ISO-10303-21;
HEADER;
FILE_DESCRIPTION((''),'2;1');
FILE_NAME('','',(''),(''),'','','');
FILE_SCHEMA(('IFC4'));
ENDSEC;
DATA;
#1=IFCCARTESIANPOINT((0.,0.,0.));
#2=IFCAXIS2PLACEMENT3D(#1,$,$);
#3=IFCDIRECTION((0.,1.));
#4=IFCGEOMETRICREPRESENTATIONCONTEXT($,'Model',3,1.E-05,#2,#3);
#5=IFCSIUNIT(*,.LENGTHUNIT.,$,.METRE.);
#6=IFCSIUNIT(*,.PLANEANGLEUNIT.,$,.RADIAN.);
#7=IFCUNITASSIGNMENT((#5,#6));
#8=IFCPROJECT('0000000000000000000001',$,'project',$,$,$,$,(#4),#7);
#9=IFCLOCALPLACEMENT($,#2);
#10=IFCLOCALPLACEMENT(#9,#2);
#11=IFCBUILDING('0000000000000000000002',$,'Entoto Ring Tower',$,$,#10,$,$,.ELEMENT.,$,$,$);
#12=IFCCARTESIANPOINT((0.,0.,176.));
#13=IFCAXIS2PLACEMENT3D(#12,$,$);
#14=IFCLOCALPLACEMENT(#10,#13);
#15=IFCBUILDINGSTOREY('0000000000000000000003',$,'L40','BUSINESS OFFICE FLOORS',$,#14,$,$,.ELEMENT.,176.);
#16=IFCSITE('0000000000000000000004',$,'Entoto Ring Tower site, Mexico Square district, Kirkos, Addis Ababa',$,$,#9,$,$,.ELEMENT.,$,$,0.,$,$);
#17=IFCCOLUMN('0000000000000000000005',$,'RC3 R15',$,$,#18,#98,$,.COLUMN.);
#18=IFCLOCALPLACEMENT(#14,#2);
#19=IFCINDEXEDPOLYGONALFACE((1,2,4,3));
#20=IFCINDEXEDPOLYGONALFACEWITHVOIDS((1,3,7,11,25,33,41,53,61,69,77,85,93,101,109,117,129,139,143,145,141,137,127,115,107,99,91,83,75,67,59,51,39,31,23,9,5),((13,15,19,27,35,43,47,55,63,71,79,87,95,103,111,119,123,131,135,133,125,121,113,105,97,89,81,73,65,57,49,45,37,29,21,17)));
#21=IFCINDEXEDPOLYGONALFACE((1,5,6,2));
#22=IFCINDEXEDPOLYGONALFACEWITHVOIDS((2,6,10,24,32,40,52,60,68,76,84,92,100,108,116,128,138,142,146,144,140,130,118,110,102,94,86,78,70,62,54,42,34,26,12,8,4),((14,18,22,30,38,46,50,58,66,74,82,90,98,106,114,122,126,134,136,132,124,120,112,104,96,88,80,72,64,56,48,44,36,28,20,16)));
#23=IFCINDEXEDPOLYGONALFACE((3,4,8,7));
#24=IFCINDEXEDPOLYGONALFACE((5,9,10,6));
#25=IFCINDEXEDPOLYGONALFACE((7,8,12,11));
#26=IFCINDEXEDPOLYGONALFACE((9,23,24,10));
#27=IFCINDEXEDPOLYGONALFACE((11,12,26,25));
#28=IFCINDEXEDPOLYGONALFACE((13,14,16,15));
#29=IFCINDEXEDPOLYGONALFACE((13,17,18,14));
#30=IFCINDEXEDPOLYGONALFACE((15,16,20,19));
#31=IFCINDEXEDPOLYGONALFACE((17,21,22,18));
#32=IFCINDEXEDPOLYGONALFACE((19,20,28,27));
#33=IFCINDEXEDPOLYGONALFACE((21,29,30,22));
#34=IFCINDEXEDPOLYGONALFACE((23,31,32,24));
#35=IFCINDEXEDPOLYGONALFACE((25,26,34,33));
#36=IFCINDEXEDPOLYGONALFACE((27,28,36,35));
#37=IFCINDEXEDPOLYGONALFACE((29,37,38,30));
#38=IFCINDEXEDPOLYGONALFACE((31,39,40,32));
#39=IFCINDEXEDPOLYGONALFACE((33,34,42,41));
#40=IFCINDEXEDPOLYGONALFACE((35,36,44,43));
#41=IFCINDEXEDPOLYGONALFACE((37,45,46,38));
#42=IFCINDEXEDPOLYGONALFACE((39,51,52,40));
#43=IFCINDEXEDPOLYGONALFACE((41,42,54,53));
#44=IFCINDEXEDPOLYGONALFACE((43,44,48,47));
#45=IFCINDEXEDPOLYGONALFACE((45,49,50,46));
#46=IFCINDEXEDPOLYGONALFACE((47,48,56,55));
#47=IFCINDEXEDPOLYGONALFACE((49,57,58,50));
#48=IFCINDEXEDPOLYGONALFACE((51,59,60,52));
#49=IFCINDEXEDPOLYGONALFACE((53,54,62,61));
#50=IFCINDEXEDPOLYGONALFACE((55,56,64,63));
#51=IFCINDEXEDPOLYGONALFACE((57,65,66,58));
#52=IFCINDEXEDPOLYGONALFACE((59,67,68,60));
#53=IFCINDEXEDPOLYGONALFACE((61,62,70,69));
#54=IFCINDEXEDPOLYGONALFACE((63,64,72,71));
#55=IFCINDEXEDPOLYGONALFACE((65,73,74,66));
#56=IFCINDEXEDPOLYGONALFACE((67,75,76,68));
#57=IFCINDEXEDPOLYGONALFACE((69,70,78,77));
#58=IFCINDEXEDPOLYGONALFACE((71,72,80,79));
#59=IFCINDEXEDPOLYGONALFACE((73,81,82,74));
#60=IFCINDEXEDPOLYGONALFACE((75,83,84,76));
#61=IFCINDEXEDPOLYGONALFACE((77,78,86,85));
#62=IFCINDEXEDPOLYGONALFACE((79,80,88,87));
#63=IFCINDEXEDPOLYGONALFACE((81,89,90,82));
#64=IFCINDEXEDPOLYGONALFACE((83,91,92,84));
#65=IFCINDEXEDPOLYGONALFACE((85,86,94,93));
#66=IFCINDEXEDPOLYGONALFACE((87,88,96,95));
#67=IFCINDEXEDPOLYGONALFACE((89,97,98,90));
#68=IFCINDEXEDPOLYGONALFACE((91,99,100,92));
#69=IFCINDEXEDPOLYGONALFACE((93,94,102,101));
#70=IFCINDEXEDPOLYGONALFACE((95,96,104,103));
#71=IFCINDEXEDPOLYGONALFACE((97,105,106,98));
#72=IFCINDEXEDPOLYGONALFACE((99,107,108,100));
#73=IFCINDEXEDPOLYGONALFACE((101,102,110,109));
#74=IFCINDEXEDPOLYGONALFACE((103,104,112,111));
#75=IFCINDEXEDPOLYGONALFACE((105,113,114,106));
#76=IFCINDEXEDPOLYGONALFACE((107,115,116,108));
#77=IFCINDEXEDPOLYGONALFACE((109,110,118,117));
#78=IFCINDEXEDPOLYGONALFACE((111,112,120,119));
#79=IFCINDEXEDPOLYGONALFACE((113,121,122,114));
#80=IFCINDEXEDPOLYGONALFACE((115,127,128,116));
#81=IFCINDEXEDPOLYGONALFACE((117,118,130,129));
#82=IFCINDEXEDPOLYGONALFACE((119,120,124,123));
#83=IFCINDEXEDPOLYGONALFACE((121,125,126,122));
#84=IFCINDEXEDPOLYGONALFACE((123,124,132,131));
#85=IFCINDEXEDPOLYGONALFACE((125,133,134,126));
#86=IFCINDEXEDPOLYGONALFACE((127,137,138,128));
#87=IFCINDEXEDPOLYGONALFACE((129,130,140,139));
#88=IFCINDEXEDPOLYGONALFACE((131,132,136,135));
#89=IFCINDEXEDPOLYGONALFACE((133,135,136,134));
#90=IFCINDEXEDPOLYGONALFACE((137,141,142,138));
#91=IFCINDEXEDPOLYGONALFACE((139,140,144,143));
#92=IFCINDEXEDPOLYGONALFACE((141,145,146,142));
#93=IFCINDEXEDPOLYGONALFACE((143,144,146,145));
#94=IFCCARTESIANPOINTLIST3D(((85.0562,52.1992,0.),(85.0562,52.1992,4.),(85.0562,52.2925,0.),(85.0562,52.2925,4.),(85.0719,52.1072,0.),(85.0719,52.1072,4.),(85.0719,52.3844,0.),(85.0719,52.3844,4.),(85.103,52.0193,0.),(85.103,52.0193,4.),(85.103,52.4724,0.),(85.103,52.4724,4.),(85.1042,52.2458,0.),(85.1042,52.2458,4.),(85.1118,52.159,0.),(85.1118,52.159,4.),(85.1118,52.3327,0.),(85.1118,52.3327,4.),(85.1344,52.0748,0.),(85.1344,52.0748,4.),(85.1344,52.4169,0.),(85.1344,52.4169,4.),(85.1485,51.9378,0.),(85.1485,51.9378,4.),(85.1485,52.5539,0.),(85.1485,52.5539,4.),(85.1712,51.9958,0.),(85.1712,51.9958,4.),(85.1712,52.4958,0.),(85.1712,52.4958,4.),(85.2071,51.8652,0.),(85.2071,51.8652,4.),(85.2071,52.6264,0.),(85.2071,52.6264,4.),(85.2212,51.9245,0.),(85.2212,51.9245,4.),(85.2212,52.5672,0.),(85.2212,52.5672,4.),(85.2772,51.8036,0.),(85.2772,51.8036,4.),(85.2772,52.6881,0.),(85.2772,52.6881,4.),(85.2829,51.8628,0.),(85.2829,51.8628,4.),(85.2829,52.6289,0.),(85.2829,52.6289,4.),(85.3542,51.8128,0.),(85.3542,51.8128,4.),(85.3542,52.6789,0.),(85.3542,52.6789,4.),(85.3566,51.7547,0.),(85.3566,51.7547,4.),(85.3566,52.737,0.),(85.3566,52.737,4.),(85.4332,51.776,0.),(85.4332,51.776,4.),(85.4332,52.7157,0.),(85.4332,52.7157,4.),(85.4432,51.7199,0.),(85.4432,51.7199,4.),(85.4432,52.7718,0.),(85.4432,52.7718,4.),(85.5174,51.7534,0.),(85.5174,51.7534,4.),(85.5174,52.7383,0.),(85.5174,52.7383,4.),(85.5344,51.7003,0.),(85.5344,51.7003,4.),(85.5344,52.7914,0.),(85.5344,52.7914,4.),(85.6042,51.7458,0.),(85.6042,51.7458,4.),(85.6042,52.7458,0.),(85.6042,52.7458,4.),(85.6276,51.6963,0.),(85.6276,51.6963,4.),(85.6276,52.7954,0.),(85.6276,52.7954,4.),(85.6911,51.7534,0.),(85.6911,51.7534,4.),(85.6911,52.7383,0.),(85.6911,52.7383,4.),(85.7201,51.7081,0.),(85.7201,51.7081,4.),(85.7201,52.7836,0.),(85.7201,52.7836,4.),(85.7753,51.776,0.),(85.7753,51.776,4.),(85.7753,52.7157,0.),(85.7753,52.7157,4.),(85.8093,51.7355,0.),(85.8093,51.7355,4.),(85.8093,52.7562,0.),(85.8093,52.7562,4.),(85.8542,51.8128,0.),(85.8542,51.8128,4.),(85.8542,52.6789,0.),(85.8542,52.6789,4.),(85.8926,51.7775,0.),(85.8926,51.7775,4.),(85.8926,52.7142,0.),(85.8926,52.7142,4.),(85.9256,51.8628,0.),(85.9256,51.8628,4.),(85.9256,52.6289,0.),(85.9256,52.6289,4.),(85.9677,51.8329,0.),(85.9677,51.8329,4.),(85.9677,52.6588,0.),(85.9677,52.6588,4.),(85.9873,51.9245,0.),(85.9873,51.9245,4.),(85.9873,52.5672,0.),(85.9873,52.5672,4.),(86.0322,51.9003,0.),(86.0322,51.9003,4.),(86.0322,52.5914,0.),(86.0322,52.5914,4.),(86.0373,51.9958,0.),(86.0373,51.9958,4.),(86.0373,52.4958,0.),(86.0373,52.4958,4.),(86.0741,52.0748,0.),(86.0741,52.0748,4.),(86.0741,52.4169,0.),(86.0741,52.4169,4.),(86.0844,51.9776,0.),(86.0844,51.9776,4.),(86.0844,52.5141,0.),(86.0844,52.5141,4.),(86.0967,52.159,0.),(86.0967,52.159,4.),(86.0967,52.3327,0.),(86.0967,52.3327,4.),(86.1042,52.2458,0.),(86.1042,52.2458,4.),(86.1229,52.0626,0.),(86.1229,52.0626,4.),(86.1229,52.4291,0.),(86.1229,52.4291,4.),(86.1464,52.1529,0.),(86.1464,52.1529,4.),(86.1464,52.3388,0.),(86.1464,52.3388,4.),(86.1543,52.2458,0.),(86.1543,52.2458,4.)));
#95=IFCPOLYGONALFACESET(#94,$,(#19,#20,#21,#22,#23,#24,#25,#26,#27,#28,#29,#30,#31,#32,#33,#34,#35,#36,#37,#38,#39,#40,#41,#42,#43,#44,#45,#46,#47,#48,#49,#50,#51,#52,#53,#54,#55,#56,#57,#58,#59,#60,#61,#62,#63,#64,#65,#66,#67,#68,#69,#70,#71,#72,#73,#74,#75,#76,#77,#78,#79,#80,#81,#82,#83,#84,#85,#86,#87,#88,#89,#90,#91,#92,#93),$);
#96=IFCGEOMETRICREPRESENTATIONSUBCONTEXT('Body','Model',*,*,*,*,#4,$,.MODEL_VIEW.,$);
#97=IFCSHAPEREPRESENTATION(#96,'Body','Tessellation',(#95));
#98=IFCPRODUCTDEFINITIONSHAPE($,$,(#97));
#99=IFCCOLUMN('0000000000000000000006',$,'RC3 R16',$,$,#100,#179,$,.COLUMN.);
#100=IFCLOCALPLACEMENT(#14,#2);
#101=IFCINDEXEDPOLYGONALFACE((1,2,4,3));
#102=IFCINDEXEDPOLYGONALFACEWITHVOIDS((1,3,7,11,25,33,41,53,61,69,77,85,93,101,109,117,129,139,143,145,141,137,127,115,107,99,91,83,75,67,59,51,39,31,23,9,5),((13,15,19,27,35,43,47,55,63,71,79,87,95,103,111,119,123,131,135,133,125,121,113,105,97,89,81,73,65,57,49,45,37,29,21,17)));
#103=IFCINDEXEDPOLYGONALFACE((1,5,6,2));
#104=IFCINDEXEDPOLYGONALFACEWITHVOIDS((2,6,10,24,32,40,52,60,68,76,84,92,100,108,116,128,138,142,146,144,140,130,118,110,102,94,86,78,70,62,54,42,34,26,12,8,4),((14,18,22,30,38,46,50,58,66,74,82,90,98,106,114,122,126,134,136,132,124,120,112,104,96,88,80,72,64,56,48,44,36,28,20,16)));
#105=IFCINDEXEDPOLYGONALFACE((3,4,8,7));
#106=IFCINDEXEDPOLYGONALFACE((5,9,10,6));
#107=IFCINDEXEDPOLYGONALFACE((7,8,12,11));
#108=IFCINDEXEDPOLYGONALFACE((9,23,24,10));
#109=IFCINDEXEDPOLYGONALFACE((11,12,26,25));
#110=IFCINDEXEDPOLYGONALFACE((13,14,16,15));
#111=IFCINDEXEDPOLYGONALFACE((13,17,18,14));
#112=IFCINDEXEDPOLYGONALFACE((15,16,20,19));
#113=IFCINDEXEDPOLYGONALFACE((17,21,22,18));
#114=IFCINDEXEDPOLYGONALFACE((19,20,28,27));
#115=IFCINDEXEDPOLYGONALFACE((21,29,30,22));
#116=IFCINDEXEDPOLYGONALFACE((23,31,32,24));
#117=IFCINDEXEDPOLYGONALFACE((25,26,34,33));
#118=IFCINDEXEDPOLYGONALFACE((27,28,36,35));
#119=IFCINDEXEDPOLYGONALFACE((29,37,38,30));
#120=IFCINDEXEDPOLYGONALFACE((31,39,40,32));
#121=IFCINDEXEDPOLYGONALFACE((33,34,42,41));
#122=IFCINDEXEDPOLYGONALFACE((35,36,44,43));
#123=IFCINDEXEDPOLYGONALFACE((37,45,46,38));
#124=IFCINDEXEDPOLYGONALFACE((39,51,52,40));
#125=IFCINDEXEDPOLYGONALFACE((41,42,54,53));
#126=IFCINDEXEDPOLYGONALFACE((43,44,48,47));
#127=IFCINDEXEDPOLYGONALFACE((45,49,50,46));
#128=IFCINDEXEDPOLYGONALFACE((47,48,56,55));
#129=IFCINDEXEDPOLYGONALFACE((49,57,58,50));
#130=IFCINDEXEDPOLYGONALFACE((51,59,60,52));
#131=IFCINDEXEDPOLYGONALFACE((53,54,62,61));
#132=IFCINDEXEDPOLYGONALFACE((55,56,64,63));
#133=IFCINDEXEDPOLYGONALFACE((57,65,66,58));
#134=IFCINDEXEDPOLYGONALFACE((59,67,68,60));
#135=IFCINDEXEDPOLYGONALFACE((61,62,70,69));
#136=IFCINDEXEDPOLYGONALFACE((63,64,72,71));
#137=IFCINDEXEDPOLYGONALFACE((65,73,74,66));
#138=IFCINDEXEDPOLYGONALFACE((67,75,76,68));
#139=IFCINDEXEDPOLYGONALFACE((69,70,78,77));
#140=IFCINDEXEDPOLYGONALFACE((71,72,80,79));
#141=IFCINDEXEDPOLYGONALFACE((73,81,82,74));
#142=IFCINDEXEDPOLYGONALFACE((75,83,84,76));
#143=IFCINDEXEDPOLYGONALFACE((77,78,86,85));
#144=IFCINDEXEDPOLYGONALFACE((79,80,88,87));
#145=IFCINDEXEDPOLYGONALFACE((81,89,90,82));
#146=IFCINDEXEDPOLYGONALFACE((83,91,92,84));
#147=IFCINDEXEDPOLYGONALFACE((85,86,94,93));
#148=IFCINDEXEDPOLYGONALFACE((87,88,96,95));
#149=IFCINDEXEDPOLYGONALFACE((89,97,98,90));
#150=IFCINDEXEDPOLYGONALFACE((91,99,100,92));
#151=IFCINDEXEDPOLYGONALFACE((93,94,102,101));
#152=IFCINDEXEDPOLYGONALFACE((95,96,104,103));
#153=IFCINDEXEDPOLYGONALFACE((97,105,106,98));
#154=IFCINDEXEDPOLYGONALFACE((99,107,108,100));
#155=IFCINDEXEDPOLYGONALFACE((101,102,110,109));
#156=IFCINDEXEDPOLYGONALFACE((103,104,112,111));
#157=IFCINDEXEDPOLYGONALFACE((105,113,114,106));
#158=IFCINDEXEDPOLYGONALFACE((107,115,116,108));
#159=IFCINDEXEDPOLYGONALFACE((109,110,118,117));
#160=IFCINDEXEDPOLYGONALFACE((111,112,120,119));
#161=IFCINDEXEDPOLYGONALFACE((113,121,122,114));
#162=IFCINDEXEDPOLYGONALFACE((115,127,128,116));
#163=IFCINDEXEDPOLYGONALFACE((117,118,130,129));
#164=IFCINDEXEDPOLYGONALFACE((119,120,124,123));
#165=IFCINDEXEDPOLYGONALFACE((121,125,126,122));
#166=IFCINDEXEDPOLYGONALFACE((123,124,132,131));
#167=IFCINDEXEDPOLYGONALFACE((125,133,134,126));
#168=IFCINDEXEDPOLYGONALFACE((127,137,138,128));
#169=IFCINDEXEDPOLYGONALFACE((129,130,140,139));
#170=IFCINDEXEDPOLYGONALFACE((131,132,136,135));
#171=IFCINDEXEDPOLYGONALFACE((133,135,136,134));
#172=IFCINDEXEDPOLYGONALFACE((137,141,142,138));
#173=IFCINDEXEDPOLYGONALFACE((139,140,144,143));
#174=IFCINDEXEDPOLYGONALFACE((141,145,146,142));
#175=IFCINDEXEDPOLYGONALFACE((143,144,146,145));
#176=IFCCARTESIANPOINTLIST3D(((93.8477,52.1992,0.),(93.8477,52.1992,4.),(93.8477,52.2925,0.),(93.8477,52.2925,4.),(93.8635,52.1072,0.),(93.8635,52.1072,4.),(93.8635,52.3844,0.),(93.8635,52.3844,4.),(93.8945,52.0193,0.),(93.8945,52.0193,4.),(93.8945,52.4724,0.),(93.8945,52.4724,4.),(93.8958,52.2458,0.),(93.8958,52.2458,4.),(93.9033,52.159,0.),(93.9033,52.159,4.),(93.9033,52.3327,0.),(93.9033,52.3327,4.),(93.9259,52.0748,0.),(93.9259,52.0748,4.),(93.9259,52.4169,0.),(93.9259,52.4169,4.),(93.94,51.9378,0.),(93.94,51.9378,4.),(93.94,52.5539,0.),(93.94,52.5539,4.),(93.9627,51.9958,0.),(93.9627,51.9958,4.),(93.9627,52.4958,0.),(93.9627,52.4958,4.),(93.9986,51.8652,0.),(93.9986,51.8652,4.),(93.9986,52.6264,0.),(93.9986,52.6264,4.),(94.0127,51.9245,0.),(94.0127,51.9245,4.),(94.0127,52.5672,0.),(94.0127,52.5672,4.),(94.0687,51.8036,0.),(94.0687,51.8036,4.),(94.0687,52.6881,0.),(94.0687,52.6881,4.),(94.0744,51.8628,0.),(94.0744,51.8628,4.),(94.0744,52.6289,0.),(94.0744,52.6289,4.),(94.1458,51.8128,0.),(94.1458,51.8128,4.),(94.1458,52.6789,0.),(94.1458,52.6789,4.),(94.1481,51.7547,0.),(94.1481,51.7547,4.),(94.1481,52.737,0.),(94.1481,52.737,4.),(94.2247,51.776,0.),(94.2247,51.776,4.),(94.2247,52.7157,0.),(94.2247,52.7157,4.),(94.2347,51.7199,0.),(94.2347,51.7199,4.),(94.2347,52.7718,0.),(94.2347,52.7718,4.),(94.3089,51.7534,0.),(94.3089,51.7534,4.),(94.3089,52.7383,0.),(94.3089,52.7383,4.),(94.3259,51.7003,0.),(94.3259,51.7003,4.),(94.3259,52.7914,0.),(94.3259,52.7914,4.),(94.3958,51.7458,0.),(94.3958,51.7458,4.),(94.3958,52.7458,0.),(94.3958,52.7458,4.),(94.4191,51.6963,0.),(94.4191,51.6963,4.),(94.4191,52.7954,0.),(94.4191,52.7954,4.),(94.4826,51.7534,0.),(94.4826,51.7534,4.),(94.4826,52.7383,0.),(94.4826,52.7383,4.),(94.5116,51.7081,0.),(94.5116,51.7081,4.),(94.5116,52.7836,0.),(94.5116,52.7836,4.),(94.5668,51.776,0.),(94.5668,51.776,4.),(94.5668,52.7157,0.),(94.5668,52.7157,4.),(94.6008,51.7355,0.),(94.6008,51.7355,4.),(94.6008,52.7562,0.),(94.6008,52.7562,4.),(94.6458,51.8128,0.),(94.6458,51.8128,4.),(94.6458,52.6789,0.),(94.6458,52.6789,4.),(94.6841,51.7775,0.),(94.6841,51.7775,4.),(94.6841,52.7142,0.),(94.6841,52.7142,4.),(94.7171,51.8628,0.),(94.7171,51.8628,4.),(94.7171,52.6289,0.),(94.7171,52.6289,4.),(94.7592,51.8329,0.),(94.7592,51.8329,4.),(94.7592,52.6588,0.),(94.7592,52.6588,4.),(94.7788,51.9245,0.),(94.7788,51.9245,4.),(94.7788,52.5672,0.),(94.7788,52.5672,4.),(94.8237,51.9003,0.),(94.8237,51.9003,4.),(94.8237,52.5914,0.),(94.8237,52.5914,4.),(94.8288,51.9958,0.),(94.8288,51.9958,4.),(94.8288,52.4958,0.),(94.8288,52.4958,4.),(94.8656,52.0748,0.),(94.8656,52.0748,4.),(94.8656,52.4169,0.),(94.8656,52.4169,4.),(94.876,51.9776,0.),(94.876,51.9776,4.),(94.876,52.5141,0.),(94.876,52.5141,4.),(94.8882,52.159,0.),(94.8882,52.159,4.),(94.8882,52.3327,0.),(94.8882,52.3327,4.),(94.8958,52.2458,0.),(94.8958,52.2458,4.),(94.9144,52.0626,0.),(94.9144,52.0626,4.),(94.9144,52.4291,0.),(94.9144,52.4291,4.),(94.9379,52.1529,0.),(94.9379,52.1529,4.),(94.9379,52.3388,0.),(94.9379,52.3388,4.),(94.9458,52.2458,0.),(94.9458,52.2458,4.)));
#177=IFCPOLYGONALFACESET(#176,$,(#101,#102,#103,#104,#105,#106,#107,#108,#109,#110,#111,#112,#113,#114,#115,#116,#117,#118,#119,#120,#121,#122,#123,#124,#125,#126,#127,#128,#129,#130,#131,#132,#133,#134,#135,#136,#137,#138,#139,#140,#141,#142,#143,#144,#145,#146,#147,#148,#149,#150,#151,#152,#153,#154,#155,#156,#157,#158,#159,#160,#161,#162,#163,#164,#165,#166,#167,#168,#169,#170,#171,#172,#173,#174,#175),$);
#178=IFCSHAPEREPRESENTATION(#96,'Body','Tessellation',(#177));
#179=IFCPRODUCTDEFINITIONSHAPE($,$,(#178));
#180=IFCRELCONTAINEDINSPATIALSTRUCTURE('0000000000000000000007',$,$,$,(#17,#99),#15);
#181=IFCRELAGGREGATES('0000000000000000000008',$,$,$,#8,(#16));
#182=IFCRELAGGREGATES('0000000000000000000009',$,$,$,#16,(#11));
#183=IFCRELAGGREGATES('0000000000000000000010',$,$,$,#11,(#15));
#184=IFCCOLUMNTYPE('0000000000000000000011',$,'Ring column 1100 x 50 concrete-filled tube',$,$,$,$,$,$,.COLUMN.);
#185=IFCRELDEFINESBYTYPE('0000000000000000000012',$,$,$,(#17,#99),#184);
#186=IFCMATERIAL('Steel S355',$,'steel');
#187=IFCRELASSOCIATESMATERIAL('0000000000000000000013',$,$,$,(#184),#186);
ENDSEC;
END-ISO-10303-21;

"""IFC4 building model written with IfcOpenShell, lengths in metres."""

from ifc_helpers import new_model, si_unit, direction, frame, origin, origin_2d, place, context, subcontext, project, spatial, circle, hollow_circle, extrude, material, material_profile, profile_set, type_object, element, save


model = new_model("IFC4")

# Units and contexts
model_context = context("Model", 3, precision=1e-05, world=origin(), true_north=direction((0.0, 1.0)))
body_context = subcontext(model_context, "Body", "Model", "MODEL_VIEW")
ifc_project = project(units=[si_unit("LENGTHUNIT", "METRE"), si_unit("PLANEANGLEUNIT", "RADIAN")], contexts=[model_context])

# Site, building, storey
site_placement = place(None, origin())
site = spatial("IfcSite", under=ifc_project, at=site_placement, Name="Entoto Ring Tower site, Mexico Square district, Kirkos, Addis Ababa", CompositionType="ELEMENT", RefElevation=0.0)
building_placement = place(site_placement, origin())
building = spatial("IfcBuilding", under=site, at=building_placement, Name="Entoto Ring Tower", CompositionType="ELEMENT")
storey_placement = place(building_placement, frame((0.0, 0.0, 176.0)))
storey = spatial("IfcBuildingStorey", under=building, at=storey_placement, Name="L40", Description="BUSINESS OFFICE FLOORS", CompositionType="ELEMENT", Elevation=176.0)

# Columns
ifc_material_1 = material(Name="Steel S355", Category="steel")
ifc_material_profile_1 = material_profile(ifc_material_1, hollow_circle(Radius=0.55, WallThickness=0.05, at=origin_2d()), Name="CHS 1100 x 50")
ifc_material_2 = material(Name="Concrete C60/75", Category="concrete")
ifc_material_profile_2 = material_profile(ifc_material_2, circle(Radius=0.5, at=origin_2d()), Name="Concrete C60/75 infill")
ifc_profile_set_1 = profile_set([ifc_material_profile_1, ifc_material_profile_2], Name="Steel S355")
column_type = type_object("IfcColumnType", Name="Ring column 1100 x 50 concrete-filled tube", PredefinedType="COLUMN", material=ifc_profile_set_1)
for number, where, z_axis, x_axis, name in (
    (1, (85.6042, 52.2458, 0.0), (0.0, 0.0, 1.0), (1.0, 0.0, 0.0), "RC3 R15"),
    (2, (94.3958, 52.2458, 0.0), (0.0, 0.0, 1.0), (1.0, 0.0, 0.0), "RC3 R16"),
):
    element("IfcColumn", number, at=place(storey_placement, frame(where, z_axis=z_axis, x_axis=x_axis)), inside=storey, type_object=column_type, Name=name, PredefinedType="COLUMN", context=body_context, shape_type="SweptSolid", body=[
        extrude(hollow_circle(Radius=0.55, WallThickness=0.05, at=origin_2d()), origin(), (0.0, 0.0, 1.0), 4.0),
    ])

save(model, "model.ifc")
